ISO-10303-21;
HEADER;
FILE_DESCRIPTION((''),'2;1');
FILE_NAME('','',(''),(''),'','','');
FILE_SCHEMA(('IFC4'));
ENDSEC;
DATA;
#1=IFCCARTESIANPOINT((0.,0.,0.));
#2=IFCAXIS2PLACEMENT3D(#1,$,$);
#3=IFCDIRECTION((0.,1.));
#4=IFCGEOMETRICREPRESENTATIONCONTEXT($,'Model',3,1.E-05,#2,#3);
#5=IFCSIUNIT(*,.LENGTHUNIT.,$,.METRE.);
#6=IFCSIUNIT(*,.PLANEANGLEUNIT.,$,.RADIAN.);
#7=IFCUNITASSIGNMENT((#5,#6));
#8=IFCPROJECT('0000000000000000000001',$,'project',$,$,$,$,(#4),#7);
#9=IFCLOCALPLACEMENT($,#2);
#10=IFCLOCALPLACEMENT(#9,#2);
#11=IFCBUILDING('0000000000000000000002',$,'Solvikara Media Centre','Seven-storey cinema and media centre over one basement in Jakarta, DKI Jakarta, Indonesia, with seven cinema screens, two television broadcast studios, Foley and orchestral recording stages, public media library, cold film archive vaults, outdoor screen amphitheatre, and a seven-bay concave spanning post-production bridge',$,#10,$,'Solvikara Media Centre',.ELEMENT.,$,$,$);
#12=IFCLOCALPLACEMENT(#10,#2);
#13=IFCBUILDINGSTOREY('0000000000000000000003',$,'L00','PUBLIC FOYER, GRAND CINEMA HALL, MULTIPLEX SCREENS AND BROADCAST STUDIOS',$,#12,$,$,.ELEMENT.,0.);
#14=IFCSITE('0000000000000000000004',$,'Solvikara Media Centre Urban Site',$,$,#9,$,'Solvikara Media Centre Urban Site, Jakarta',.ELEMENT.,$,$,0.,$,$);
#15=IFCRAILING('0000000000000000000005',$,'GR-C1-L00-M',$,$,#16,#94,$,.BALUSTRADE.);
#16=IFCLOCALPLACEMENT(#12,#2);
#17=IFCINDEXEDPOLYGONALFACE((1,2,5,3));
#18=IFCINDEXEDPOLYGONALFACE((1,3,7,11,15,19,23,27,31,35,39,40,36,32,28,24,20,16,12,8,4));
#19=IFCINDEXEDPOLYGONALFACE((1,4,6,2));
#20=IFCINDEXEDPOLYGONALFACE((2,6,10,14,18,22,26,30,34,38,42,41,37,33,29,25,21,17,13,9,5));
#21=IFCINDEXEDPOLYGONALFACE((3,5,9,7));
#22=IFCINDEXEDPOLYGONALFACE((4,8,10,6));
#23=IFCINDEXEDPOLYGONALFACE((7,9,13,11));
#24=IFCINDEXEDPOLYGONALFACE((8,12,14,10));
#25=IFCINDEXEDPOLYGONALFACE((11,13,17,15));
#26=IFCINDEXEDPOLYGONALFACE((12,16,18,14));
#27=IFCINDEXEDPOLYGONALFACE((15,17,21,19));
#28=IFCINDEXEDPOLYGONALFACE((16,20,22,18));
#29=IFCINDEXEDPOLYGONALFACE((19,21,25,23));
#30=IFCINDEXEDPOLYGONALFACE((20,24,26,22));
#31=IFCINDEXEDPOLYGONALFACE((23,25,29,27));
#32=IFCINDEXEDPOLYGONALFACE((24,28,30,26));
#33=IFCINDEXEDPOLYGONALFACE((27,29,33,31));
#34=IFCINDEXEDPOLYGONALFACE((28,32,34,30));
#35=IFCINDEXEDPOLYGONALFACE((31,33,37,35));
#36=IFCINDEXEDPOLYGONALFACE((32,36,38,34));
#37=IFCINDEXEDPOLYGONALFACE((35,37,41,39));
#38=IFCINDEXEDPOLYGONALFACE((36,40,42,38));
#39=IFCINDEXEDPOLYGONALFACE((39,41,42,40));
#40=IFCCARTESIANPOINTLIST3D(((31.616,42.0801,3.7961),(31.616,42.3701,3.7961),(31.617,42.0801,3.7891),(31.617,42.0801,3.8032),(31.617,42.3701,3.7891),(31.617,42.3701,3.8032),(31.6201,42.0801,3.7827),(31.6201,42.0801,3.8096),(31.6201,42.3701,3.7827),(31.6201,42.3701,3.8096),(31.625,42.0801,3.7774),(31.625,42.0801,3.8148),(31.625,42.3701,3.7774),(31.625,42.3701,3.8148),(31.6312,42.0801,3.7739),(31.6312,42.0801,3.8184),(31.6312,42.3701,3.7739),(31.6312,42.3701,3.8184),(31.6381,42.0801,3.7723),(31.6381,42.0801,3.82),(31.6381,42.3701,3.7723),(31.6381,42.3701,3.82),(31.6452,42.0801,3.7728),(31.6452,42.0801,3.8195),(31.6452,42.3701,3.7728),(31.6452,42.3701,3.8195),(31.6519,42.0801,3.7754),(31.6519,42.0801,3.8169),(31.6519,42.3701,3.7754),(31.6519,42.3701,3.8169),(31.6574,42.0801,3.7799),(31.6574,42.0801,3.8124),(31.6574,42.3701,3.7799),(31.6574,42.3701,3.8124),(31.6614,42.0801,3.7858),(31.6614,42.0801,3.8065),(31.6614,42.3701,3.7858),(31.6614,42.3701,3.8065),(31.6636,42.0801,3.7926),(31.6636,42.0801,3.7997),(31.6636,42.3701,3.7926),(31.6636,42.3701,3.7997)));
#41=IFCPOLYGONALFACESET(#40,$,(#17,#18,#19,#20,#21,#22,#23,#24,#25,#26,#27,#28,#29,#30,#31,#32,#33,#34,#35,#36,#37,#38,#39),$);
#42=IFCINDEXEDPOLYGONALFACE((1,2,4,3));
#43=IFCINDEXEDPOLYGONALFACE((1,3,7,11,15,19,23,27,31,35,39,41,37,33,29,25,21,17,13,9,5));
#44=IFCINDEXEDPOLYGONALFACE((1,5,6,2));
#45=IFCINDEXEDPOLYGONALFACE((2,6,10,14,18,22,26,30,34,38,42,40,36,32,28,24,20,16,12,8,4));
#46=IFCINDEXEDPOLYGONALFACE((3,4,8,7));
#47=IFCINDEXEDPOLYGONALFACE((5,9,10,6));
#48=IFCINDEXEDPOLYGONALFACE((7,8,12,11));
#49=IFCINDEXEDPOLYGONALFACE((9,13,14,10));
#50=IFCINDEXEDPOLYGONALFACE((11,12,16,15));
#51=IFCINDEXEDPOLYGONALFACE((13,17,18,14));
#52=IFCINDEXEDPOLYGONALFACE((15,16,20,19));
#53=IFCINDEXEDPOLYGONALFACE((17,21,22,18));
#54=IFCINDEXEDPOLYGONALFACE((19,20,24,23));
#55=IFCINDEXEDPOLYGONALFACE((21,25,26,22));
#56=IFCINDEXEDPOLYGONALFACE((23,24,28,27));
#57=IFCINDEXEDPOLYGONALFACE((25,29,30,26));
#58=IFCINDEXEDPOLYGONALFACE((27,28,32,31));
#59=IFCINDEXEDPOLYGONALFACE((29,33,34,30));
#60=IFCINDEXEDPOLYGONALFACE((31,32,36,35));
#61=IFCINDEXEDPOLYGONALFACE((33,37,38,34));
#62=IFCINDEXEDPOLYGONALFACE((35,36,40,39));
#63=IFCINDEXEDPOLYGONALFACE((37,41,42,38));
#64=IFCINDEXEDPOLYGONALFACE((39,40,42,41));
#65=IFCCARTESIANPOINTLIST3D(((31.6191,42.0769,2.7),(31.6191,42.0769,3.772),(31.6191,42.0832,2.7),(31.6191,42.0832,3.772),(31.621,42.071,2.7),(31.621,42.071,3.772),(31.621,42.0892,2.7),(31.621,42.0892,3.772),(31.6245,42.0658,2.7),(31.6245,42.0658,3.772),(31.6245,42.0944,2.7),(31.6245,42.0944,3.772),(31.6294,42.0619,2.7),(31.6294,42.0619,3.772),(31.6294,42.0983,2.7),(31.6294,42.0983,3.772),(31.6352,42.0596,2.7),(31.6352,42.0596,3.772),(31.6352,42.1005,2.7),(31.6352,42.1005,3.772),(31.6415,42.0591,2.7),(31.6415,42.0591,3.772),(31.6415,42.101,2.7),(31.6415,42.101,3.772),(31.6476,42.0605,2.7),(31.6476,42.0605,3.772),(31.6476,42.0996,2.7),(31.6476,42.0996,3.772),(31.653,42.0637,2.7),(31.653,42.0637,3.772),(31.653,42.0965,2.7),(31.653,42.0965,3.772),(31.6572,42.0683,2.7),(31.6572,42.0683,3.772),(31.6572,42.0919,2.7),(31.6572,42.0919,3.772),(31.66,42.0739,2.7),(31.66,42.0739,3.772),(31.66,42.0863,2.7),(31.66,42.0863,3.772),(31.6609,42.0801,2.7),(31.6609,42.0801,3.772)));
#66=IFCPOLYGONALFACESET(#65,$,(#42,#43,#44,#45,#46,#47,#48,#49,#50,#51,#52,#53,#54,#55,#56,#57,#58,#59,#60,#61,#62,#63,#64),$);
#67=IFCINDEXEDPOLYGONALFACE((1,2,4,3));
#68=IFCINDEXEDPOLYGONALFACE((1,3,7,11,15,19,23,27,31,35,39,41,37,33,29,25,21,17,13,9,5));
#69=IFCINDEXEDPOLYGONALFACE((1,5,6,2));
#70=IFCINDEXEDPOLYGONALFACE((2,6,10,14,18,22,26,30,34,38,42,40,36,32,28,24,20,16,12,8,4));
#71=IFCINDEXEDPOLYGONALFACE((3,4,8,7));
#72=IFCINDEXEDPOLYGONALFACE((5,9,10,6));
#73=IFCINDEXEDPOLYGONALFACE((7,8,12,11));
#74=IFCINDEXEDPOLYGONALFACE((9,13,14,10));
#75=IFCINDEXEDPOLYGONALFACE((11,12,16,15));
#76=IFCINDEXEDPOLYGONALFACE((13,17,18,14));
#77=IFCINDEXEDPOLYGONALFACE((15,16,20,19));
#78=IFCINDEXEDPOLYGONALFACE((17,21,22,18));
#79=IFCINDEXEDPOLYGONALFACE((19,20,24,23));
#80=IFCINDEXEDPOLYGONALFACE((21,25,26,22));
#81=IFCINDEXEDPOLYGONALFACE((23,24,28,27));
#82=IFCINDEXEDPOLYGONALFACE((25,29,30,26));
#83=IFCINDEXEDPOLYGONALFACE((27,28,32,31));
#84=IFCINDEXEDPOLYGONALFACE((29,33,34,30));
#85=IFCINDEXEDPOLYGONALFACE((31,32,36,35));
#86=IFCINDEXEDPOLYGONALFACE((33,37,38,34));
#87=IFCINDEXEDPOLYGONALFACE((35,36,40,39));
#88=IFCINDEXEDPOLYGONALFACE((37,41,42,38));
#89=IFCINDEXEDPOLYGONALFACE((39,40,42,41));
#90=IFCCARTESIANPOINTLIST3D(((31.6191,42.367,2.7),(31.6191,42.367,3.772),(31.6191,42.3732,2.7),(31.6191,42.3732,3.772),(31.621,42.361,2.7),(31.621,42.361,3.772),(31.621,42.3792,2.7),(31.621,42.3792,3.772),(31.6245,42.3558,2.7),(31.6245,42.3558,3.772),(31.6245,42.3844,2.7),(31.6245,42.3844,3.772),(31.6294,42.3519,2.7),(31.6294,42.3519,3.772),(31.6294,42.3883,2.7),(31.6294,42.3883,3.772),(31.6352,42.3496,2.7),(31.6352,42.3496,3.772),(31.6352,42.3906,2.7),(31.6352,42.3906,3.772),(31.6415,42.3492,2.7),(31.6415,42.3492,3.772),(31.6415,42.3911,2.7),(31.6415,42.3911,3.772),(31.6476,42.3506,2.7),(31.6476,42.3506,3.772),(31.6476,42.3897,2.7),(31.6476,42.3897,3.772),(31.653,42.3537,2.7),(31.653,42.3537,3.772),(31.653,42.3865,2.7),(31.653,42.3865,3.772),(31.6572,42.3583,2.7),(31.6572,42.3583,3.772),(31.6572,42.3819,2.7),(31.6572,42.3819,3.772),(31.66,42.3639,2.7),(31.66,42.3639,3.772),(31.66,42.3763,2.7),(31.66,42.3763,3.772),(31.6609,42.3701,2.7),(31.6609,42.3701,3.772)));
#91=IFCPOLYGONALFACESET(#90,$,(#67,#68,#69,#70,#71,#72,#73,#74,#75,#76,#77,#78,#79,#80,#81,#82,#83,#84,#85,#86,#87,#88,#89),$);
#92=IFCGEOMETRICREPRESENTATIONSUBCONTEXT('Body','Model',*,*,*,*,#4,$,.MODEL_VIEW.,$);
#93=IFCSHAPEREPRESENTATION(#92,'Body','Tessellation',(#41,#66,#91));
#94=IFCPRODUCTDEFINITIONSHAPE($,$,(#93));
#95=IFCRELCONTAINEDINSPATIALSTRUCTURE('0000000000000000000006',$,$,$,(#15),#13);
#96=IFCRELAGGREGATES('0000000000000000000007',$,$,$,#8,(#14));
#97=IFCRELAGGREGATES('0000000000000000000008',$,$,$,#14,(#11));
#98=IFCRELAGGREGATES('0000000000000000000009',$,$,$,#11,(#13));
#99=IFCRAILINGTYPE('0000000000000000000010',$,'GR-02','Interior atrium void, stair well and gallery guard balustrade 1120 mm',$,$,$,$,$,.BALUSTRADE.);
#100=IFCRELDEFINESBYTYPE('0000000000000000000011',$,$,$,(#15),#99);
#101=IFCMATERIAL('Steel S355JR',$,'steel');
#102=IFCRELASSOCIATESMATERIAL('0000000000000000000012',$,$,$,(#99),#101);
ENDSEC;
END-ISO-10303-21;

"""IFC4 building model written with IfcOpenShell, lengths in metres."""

from ifc_helpers import new_model, si_unit, direction, frame, origin, origin_2d, place, context, subcontext, project, spatial, circle, extrude, material, type_object, element, save


model = new_model("IFC4")

# Units and contexts
model_context = context("Model", 3, precision=1e-05, world=origin(), true_north=direction((0.0, 1.0)))
body_context = subcontext(model_context, "Body", "Model", "MODEL_VIEW")
ifc_project = project(units=[si_unit("LENGTHUNIT", "METRE"), si_unit("PLANEANGLEUNIT", "RADIAN")], contexts=[model_context])

# Site, building, storey
site_placement = place(None, origin())
site = spatial("IfcSite", under=ifc_project, at=site_placement, Name="Solvikara Media Centre Urban Site", LongName="Solvikara Media Centre Urban Site, Jakarta", CompositionType="ELEMENT", RefElevation=0.0)
building_placement = place(site_placement, origin())
building = spatial("IfcBuilding", under=site, at=building_placement, Name="Solvikara Media Centre", Description="Seven-storey cinema and media centre over one basement in Jakarta, DKI Jakarta, Indonesia, with seven cinema screens, two television broadcast studios, Foley and orchestral recording stages, public media library, cold film archive vaults, outdoor screen amphitheatre, and a seven-bay concave spanning post-production bridge", LongName="Solvikara Media Centre", CompositionType="ELEMENT")
storey_placement = place(building_placement, origin())
storey = spatial("IfcBuildingStorey", under=building, at=storey_placement, Name="L00", Description="PUBLIC FOYER, GRAND CINEMA HALL, MULTIPLEX SCREENS AND BROADCAST STUDIOS", CompositionType="ELEMENT", Elevation=0.0)

# Shared definitions
ifc_material_1 = material(Name="Steel S355JR", Category="steel")

# Railing
railing_type_1 = type_object("IfcRailingType", Name="GR-02", Description="Interior atrium void, stair well and gallery guard balustrade 1120 mm", PredefinedType="BALUSTRADE", material=ifc_material_1)
railing_1_placement = place(storey_placement, frame((31.6399, 42.0801, 2.7)))
element("IfcRailing", 1, at=railing_1_placement, inside=storey, type_object=railing_type_1, Name="GR-C1-L00-M", PredefinedType="BALUSTRADE", context=body_context, shape_type="SweptSolid", body=[
    extrude(circle(Radius=0.0239, at=origin_2d()), frame((0.0, 0.0, 1.0962), z_axis=(0.0, 1.0, 0.0), x_axis=(-1.0, 0.0, 0.0)), (0.0, 0.0, 1.0), 0.29),
    extrude(circle(Radius=0.021, at=origin_2d()), origin(), (0.0, 0.0, 1.0), 1.072),
    extrude(circle(Radius=0.021, at=origin_2d()), frame((0.0, 0.29, 0.0)), (0.0, 0.0, 1.0), 1.072),
])

save(model, "model.ifc")
